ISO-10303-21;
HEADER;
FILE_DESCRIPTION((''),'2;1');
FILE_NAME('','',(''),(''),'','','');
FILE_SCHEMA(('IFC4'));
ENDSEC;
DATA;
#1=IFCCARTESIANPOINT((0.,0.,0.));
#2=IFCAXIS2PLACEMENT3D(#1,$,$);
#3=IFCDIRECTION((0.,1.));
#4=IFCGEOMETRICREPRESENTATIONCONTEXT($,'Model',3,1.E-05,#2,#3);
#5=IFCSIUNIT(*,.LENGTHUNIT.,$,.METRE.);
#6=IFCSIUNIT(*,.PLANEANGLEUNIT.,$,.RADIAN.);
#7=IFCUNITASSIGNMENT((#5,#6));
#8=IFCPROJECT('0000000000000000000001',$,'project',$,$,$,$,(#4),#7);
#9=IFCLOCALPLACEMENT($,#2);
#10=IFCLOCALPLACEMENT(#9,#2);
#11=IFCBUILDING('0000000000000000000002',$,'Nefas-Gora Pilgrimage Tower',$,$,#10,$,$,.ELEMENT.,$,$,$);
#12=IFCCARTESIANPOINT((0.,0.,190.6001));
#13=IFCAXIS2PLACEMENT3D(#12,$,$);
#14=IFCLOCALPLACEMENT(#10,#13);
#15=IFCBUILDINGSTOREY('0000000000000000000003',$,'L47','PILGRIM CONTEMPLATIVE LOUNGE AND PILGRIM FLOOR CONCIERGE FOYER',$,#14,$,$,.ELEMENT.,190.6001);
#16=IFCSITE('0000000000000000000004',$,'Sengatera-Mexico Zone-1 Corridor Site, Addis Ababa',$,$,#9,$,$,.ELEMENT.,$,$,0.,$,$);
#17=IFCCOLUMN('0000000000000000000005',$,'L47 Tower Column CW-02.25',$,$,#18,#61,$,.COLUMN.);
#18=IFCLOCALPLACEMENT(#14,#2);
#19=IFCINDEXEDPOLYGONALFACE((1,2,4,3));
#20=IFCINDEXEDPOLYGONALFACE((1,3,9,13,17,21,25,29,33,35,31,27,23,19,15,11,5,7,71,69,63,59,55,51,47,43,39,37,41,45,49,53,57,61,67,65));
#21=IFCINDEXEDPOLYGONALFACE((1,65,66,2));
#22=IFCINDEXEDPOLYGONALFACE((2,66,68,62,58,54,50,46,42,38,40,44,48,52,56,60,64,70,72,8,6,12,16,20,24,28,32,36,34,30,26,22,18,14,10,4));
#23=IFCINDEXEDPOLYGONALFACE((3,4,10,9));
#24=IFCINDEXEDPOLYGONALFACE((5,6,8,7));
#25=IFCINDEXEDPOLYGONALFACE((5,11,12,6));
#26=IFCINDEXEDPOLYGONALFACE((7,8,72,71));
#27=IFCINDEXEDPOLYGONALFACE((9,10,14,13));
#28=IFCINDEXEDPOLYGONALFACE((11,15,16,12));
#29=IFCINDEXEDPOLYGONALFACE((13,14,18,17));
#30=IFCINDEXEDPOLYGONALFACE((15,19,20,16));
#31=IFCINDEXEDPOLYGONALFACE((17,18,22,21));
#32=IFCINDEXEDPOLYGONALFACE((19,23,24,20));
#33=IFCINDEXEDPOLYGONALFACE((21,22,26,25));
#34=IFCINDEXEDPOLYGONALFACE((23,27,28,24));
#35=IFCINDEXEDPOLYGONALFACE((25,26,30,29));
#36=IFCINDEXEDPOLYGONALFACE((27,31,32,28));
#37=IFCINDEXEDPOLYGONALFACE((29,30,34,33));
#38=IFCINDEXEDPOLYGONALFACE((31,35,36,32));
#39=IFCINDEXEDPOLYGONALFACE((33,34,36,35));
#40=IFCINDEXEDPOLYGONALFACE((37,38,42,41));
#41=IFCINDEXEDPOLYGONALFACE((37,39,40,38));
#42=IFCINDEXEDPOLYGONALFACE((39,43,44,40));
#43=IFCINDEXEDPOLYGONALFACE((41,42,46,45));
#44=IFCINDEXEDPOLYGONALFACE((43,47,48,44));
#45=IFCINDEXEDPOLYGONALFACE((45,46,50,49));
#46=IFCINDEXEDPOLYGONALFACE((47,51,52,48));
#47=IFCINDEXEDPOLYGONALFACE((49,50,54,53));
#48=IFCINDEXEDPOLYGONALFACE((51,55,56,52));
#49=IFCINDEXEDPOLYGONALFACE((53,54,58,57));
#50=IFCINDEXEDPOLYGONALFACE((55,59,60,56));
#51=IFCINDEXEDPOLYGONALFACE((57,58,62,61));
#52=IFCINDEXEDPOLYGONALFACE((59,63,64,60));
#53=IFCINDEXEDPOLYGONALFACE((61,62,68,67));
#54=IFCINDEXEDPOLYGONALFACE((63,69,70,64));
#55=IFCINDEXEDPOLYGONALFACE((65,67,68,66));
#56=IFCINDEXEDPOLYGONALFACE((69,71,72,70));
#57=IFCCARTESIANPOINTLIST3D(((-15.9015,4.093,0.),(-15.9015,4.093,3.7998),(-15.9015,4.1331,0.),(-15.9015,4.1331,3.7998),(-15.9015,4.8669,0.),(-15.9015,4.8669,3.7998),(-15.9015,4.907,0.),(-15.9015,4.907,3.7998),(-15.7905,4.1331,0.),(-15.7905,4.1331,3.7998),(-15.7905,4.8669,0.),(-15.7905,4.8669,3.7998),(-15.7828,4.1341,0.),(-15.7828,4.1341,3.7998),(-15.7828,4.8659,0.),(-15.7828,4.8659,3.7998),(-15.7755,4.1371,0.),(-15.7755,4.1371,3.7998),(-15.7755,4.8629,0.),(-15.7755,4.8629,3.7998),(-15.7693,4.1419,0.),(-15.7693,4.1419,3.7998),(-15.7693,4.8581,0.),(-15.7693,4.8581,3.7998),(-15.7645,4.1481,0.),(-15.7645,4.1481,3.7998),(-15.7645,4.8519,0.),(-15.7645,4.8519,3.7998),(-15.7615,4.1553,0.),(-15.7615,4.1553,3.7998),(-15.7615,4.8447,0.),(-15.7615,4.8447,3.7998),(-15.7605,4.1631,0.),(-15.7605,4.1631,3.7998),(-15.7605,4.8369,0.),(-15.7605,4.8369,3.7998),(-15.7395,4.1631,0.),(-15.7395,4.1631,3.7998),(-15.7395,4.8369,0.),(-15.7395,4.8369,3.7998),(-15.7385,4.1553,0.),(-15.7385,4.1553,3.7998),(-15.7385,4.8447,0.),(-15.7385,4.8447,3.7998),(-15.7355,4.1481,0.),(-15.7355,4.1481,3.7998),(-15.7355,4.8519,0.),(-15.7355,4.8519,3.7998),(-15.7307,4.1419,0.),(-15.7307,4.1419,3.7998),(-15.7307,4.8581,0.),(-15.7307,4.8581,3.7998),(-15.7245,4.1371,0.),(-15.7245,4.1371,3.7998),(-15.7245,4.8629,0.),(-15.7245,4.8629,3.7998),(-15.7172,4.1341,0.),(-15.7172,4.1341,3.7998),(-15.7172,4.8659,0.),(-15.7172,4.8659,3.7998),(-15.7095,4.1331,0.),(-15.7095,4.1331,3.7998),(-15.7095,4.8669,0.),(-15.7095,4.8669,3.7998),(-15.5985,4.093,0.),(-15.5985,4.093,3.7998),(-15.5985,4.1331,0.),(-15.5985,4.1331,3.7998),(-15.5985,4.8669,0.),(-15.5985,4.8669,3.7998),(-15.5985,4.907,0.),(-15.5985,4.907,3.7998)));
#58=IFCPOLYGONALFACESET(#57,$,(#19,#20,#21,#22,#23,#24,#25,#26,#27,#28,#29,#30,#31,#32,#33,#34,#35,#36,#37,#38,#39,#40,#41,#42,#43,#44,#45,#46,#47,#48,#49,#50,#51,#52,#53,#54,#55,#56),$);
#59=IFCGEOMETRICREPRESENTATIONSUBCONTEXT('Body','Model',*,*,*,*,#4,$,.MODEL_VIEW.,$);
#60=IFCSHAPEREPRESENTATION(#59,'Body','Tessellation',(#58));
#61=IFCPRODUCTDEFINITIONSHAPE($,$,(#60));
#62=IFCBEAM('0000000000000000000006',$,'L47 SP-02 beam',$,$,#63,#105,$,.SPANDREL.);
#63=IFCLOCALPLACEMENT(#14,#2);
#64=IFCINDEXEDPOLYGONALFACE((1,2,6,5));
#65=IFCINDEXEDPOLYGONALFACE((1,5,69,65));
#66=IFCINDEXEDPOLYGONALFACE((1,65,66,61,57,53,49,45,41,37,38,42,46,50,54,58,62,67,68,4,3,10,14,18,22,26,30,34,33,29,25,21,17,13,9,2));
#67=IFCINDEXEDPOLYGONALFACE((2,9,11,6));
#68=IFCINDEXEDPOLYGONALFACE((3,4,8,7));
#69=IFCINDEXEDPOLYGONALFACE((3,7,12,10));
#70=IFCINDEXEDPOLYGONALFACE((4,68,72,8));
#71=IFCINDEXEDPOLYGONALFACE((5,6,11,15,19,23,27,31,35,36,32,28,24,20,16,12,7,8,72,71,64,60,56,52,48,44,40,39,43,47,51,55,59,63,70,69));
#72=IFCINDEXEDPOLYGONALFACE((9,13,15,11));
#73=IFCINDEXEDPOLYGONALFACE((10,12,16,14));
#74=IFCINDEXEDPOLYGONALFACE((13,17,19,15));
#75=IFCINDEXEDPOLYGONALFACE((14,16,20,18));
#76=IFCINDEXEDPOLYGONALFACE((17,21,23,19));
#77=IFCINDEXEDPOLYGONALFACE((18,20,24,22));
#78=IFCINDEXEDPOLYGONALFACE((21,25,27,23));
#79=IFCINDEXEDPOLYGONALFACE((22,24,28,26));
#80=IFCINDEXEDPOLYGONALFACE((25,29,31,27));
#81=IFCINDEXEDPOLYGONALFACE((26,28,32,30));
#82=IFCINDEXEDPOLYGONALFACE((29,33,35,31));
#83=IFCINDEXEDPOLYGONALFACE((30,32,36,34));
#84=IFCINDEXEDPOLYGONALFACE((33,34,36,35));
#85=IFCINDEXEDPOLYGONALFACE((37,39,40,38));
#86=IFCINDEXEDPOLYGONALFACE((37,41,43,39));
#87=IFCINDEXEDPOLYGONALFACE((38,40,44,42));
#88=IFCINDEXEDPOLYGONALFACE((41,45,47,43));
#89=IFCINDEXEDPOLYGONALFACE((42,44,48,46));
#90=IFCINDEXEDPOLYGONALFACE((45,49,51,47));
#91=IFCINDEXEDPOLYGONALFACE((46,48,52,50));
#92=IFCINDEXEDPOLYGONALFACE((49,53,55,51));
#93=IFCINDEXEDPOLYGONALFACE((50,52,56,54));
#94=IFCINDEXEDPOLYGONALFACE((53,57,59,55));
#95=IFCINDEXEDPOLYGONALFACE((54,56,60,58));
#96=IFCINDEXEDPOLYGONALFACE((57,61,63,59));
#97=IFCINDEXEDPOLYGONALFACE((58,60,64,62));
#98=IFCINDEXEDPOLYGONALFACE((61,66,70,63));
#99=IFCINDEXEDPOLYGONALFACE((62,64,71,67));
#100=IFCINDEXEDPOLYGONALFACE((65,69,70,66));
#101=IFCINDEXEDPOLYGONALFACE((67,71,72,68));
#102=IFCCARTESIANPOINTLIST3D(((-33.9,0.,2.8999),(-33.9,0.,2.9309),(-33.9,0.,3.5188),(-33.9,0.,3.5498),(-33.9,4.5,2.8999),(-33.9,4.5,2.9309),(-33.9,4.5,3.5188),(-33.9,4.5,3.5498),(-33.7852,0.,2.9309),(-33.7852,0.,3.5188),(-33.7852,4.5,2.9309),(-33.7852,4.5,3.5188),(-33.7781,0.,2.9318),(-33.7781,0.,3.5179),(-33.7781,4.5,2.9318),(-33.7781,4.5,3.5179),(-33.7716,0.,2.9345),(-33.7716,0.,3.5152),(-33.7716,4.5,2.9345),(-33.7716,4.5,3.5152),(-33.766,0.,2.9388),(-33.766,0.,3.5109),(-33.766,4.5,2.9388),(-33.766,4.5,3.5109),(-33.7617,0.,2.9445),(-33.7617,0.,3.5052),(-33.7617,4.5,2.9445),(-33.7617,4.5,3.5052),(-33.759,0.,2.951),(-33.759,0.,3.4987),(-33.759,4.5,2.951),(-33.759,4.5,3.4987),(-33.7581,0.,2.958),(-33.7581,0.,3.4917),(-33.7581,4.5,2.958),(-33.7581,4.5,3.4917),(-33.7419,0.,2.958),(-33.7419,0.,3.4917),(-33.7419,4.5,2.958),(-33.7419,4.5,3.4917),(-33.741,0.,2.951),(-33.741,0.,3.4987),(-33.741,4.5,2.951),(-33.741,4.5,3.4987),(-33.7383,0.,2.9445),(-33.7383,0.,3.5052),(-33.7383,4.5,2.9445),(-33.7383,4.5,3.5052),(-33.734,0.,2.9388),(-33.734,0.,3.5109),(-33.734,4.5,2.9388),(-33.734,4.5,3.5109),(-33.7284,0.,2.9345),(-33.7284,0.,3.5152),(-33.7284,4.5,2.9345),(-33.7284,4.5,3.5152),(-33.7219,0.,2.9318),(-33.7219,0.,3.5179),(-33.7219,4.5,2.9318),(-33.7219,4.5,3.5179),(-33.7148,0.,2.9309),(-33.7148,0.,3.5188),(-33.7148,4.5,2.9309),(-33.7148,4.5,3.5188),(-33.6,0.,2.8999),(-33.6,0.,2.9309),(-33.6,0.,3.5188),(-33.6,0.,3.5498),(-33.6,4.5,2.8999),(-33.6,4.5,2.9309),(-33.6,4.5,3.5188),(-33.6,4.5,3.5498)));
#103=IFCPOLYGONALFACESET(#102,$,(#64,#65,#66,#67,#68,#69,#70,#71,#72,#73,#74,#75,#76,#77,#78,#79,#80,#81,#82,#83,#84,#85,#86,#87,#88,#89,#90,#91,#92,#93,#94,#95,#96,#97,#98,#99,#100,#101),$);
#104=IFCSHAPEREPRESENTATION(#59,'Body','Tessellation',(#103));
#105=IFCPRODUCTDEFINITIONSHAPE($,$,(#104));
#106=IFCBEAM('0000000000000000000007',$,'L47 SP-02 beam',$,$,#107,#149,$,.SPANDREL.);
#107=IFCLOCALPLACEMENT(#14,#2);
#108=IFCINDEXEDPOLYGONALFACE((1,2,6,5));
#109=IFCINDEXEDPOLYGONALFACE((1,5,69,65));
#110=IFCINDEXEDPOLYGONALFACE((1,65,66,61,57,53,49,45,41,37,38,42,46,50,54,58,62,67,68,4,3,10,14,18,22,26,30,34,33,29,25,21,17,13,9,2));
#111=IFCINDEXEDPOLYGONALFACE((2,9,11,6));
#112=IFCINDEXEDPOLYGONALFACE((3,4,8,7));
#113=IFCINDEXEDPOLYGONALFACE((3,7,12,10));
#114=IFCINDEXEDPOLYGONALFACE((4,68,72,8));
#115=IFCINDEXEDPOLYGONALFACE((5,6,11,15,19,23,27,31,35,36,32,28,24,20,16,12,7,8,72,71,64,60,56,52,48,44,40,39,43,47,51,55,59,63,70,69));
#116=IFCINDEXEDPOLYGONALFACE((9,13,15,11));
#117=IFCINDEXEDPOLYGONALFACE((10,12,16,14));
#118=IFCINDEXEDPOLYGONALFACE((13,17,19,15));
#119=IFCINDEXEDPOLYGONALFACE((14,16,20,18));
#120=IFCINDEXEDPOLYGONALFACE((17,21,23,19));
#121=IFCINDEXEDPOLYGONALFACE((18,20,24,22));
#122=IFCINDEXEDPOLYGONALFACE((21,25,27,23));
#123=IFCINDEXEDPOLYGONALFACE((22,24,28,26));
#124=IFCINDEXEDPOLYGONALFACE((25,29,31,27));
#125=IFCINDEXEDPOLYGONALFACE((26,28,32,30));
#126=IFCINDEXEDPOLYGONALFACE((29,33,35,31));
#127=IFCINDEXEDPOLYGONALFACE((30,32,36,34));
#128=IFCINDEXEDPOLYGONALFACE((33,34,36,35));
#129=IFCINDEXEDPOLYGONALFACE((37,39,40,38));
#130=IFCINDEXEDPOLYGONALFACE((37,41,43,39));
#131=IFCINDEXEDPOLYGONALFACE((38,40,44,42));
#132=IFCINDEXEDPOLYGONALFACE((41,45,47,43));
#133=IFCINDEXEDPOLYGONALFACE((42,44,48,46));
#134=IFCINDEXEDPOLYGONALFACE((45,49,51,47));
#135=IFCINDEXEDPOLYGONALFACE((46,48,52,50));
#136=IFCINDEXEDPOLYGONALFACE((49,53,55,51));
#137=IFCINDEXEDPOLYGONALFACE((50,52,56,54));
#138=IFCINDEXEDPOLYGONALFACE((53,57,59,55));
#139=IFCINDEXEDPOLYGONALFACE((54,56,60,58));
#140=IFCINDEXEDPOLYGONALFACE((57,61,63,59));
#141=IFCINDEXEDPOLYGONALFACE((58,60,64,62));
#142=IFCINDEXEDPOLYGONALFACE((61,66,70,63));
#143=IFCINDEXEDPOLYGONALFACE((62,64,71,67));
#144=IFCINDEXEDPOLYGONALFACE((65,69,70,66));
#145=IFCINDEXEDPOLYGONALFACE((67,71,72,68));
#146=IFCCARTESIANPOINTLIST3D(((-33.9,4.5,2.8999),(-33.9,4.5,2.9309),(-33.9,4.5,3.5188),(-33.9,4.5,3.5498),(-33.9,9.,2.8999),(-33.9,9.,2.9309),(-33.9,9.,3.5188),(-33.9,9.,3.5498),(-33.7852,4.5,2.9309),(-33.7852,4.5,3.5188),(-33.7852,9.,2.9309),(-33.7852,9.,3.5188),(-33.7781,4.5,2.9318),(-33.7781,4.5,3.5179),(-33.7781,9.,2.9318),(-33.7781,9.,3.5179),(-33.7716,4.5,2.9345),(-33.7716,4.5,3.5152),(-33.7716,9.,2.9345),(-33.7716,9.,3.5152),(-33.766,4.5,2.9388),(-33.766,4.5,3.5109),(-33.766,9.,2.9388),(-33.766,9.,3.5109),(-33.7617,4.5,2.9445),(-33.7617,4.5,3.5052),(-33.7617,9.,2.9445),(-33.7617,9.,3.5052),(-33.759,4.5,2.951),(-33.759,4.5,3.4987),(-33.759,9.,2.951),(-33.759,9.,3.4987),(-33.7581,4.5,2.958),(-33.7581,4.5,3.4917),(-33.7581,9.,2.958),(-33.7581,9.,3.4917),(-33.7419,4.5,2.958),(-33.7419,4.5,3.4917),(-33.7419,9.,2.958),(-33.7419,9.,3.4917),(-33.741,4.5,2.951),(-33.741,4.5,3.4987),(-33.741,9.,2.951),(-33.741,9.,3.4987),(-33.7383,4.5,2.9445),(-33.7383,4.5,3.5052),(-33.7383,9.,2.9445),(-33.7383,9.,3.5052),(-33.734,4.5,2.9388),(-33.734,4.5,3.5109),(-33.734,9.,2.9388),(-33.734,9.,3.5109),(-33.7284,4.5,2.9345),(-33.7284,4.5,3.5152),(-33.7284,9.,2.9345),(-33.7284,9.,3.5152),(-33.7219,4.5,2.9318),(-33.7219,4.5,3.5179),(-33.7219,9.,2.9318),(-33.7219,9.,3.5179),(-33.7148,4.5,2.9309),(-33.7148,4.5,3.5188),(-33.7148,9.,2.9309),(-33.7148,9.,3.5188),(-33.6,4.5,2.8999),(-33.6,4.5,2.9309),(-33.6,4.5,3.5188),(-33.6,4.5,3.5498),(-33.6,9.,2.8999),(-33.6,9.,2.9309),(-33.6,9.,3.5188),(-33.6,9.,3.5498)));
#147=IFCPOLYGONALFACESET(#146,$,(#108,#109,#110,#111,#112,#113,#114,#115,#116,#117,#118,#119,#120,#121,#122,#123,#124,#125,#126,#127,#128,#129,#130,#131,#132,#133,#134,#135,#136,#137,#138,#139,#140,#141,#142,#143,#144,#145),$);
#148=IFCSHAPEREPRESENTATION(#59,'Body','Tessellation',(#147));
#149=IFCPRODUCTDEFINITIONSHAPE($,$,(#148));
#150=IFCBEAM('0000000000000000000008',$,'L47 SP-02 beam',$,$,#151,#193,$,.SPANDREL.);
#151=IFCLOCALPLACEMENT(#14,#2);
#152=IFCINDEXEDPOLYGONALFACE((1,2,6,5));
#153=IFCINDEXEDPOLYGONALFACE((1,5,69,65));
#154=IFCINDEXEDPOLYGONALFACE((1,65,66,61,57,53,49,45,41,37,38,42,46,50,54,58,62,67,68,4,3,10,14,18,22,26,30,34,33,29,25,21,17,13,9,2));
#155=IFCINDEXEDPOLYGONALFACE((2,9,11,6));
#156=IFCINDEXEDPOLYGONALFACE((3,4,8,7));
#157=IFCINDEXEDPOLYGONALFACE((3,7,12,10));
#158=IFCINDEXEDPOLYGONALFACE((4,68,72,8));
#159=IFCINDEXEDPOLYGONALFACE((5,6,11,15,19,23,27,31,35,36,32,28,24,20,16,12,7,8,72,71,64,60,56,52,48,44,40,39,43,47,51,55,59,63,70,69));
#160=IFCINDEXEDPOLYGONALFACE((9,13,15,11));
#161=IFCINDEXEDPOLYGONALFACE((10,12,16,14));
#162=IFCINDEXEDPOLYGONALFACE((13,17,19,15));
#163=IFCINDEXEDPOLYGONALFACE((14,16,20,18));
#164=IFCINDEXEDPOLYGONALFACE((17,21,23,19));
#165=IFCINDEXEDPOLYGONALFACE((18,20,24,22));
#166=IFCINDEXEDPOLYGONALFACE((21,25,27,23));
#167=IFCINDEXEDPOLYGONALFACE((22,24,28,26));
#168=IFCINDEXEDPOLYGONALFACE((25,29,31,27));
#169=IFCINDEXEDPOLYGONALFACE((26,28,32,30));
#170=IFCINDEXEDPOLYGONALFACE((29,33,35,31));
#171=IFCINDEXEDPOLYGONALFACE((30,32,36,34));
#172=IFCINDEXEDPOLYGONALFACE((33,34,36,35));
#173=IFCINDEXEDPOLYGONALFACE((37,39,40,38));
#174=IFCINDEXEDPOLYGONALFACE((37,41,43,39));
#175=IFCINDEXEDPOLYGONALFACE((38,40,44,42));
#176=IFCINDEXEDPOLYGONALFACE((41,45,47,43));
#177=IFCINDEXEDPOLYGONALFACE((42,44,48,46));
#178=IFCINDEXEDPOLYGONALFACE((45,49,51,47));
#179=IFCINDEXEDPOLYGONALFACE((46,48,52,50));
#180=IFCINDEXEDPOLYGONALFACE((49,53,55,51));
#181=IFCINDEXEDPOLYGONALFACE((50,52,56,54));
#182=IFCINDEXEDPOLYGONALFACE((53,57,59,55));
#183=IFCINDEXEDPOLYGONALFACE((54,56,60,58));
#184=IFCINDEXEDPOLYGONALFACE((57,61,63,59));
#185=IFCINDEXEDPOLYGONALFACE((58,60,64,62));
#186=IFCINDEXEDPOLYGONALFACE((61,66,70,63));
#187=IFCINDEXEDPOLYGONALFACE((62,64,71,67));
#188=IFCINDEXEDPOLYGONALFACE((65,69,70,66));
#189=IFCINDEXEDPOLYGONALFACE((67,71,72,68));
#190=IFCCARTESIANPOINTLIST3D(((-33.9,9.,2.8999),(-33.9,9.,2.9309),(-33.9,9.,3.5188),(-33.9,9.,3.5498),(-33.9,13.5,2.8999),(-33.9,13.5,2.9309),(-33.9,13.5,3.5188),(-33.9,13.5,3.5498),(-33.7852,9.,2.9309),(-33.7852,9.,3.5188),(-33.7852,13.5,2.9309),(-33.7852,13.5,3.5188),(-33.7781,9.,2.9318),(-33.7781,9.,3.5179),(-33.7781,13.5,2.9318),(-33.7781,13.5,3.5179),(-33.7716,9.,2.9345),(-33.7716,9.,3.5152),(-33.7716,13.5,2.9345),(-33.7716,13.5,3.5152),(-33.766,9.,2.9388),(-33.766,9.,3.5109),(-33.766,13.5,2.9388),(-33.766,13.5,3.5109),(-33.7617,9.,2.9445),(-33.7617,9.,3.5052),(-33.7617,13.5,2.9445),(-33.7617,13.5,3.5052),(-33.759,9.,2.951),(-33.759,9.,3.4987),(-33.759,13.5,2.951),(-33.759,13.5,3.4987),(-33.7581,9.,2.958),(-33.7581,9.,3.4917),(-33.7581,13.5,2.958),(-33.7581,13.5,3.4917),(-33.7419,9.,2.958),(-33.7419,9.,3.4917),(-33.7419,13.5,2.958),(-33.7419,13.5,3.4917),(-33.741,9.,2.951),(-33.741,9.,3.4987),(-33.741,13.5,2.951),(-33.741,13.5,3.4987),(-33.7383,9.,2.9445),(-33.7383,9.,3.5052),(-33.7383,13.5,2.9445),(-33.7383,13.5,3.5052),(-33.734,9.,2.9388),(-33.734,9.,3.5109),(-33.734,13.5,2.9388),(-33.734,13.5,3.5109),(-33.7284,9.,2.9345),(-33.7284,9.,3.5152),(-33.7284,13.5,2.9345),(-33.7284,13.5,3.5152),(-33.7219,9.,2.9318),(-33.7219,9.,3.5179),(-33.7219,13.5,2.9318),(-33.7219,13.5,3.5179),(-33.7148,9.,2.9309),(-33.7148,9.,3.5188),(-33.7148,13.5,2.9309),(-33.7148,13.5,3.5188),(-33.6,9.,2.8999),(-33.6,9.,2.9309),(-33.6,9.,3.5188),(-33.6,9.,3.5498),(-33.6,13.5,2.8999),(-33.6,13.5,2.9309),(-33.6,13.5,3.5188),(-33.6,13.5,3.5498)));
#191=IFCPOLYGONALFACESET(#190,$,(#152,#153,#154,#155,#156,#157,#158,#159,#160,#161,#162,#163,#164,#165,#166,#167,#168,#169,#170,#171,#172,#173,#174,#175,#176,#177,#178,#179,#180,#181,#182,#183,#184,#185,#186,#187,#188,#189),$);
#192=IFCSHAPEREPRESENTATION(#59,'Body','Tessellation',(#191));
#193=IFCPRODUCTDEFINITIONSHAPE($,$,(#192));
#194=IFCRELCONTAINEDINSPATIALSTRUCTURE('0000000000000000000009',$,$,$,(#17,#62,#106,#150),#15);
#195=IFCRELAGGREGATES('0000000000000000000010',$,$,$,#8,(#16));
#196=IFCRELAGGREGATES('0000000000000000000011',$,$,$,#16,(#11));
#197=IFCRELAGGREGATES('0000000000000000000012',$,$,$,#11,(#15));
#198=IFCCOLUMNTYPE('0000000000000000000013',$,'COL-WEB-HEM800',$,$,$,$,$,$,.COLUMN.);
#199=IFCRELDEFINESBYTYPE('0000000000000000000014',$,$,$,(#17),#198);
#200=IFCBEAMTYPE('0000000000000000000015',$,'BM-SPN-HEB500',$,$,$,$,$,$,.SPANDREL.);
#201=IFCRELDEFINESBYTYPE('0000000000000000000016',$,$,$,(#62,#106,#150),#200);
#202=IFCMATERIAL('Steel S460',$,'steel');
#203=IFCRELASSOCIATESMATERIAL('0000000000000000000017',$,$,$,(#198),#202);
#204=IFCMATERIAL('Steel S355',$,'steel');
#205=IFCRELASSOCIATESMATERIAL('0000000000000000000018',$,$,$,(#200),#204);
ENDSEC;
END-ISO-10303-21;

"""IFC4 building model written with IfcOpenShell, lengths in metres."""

from ifc_helpers import new_model, si_unit, direction, frame, origin, origin_2d, place, context, subcontext, project, spatial, i_section, extrude, source, transform, mapped, material, material_profile, profile_set, type_object, element, save


model = new_model("IFC4")

# Units and contexts
model_context = context("Model", 3, precision=1e-05, world=origin(), true_north=direction((0.0, 1.0)))
body_context = subcontext(model_context, "Body", "Model", "MODEL_VIEW")
ifc_project = project(units=[si_unit("LENGTHUNIT", "METRE"), si_unit("PLANEANGLEUNIT", "RADIAN")], contexts=[model_context])

# Site, building, storey
site_placement = place(None, origin())
site = spatial("IfcSite", under=ifc_project, at=site_placement, Name="Sengatera-Mexico Zone-1 Corridor Site, Addis Ababa", CompositionType="ELEMENT", RefElevation=0.0)
building_placement = place(site_placement, origin())
building = spatial("IfcBuilding", under=site, at=building_placement, Name="Nefas-Gora Pilgrimage Tower", CompositionType="ELEMENT")
storey_placement = place(building_placement, frame((0.0, 0.0, 190.6001)))
storey = spatial("IfcBuildingStorey", under=building, at=storey_placement, Name="L47", Description="PILGRIM CONTEMPLATIVE LOUNGE AND PILGRIM FLOOR CONCIERGE FOYER", CompositionType="ELEMENT", Elevation=190.6001)

# Column
ifc_material_1 = material(Name="Steel S460", Category="steel")
ifc_material_profile_1 = material_profile(ifc_material_1, i_section(OverallWidth=0.303, OverallDepth=0.814, WebThickness=0.021, FlangeThickness=0.04, FilletRadius=0.03, at=origin_2d()), Name="HEM 800")
ifc_profile_set_1 = profile_set([ifc_material_profile_1], Name="Steel S460")
column_type_1 = type_object("IfcColumnType", Name="COL-WEB-HEM800", PredefinedType="COLUMN", material=ifc_profile_set_1)
shared_shape_1 = source(origin(), body_context, "Body", "SweptSolid", [
    extrude(i_section(OverallWidth=0.303, OverallDepth=0.814, WebThickness=0.021, FlangeThickness=0.04, FilletRadius=0.03, at=origin_2d()), origin(), (0.0, 0.0, 1.0), 3.7998),
])
for number, where, z_axis, x_axis, name in (
    (1, (-15.75, 4.5, 0.0), (0.0, 0.0, 1.0), (1.0, 0.0, 0.0), "L47 Tower Column CW-02.25"),
):
    element("IfcColumn", number, at=place(storey_placement, frame(where, z_axis=z_axis, x_axis=x_axis)), inside=storey, type_object=column_type_1, Name=name, PredefinedType="COLUMN", context=body_context, shape_type="MappedRepresentation", body=[
        mapped(shared_shape_1, transform((0.0, 0.0, 0.0), x_axis=(1.0, 0.0, 0.0), y_axis=(0.0, 1.0, 0.0), z_axis=(0.0, 0.0, 1.0), scale=1.0)),
    ])

# Beams
ifc_material_2 = material(Name="Steel S355", Category="steel")
ifc_material_profile_2 = material_profile(ifc_material_2, i_section(OverallWidth=0.3, OverallDepth=0.6499, WebThickness=0.0161, FlangeThickness=0.031, FilletRadius=0.0271, at=origin_2d()), Name="HEB 650")
ifc_profile_set_2 = profile_set([ifc_material_profile_2], Name="Steel S355")
beam_type_1 = type_object("IfcBeamType", Name="BM-SPN-HEB500", PredefinedType="SPANDREL", material=ifc_profile_set_2)
shared_shape_2 = source(origin(), body_context, "Body", "SweptSolid", [
    extrude(i_section(OverallWidth=0.3, OverallDepth=0.6499, WebThickness=0.0161, FlangeThickness=0.031, FilletRadius=0.0271, at=origin_2d()), origin(), (0.0, 0.0, 1.0), 4.5),
])
for number, where, z_axis, x_axis, name in (
    (2, (-33.75, 0.0, 3.2249), (0.0, 1.0, 0.0), (-1.0, 0.0, 0.0), "L47 SP-02 beam"),
    (3, (-33.75, 4.5, 3.2249), (0.0, 1.0, 0.0), (-1.0, 0.0, 0.0), "L47 SP-02 beam"),
    (4, (-33.75, 9.0, 3.2249), (0.0, 1.0, 0.0), (-1.0, 0.0, 0.0), "L47 SP-02 beam"),
):
    element("IfcBeam", number, at=place(storey_placement, frame(where, z_axis=z_axis, x_axis=x_axis)), inside=storey, type_object=beam_type_1, Name=name, PredefinedType="SPANDREL", context=body_context, shape_type="MappedRepresentation", body=[
        mapped(shared_shape_2, transform((0.0, 0.0, 0.0), x_axis=(1.0, 0.0, 0.0), y_axis=(0.0, 1.0, 0.0), z_axis=(0.0, 0.0, 1.0), scale=1.0)),
    ])

save(model, "model.ifc")
